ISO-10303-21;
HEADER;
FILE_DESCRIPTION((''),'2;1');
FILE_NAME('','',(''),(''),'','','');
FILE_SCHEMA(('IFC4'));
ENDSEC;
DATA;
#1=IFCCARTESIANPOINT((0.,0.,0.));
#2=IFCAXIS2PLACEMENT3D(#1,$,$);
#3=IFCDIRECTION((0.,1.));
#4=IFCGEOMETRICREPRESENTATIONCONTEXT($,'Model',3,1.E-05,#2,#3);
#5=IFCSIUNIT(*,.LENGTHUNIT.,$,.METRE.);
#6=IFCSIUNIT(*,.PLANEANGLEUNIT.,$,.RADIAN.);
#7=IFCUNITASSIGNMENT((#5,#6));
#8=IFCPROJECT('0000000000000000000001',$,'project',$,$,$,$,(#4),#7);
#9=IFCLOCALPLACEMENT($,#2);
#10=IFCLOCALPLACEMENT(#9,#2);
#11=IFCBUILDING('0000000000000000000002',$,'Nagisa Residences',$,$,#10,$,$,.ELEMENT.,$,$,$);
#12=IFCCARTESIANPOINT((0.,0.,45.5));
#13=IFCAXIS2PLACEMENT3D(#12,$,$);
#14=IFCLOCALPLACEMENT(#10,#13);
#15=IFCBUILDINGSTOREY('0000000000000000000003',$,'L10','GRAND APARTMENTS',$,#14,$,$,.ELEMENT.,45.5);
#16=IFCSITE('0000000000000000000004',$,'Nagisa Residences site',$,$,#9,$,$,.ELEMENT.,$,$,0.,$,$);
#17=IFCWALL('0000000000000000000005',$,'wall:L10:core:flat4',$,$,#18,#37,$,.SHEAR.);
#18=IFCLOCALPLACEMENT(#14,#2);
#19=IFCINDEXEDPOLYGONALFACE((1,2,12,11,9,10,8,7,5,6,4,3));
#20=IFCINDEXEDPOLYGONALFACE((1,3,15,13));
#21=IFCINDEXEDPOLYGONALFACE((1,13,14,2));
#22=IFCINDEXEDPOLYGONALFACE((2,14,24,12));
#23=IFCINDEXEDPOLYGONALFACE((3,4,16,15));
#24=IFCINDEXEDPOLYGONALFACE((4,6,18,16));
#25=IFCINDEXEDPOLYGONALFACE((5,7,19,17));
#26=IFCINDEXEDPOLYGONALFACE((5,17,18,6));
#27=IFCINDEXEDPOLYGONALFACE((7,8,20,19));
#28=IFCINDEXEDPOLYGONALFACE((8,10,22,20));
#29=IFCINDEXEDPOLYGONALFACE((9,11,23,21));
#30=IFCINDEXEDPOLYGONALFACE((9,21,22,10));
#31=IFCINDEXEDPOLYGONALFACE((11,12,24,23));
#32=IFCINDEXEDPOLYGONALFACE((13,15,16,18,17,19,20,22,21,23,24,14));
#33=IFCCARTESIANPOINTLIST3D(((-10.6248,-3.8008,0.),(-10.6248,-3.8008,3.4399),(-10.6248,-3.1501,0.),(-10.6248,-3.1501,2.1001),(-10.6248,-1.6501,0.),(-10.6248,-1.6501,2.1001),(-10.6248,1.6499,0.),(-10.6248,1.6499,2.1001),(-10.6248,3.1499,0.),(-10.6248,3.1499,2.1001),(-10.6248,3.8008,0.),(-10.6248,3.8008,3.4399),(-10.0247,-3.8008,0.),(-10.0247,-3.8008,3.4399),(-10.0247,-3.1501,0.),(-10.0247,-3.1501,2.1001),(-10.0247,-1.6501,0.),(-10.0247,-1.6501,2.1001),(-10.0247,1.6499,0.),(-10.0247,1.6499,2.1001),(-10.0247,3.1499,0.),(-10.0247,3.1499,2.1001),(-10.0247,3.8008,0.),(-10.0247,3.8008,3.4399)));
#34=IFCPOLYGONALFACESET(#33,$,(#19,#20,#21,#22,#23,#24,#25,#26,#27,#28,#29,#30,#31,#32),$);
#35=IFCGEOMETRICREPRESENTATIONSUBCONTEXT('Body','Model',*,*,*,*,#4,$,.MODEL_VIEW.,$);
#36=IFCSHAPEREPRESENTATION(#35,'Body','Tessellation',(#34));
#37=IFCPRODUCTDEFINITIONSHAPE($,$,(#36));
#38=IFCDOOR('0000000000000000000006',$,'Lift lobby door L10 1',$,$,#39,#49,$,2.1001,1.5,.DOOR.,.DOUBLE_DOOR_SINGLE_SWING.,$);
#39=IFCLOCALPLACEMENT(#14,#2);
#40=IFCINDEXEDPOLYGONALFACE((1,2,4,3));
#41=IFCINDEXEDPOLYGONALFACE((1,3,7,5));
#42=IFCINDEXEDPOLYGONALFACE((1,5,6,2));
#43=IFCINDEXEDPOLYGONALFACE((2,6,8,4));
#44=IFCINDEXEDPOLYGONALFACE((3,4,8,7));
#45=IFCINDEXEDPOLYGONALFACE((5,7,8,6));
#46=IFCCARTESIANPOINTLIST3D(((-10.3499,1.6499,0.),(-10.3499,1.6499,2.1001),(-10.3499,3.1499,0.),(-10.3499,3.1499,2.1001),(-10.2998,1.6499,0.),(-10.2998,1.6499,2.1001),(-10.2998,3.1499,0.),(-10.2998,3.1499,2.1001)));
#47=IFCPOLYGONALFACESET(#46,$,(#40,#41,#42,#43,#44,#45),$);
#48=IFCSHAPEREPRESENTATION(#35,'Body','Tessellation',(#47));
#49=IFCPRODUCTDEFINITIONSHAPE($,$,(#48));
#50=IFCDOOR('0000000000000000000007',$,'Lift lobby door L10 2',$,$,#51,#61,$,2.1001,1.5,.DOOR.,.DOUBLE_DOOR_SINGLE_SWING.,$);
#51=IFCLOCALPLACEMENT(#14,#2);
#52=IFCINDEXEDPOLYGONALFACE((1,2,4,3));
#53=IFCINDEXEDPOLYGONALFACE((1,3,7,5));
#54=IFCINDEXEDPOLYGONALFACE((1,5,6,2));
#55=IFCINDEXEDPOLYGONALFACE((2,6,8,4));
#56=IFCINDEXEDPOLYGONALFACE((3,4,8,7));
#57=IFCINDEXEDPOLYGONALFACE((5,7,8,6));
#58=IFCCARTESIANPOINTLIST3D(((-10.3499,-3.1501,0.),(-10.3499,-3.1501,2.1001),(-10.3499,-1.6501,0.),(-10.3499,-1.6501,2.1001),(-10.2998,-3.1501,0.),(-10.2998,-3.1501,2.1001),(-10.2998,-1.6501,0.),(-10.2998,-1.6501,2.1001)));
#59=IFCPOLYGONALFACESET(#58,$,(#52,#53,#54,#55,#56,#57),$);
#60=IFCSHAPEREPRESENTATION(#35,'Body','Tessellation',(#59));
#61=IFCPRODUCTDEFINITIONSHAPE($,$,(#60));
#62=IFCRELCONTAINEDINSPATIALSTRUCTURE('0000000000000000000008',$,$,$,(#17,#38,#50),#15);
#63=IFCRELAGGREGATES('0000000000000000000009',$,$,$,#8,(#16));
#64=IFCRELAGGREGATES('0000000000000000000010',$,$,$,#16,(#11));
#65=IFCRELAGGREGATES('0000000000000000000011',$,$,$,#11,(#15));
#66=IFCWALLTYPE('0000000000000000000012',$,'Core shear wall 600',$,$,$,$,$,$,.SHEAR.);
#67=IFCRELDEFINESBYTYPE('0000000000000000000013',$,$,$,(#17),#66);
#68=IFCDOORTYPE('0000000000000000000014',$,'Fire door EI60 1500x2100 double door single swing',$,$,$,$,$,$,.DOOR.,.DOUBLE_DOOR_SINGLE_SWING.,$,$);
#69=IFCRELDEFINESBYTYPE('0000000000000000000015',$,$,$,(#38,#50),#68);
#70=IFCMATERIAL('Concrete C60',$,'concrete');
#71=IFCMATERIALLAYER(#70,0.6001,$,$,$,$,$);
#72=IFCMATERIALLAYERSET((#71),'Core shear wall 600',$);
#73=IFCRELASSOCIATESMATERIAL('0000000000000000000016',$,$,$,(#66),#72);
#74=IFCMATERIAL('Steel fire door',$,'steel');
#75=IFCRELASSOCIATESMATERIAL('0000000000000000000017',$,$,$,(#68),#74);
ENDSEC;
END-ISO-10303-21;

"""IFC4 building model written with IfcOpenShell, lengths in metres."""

from ifc_helpers import new_model, si_unit, direction, frame, frame_2d, origin, place, context, subcontext, project, spatial, rectangle, extrude, material, layer, layer_set, type_object, element, fill, save


model = new_model("IFC4")

# Units and contexts
model_context = context("Model", 3, precision=1e-05, world=origin(), true_north=direction((0.0, 1.0)))
body_context = subcontext(model_context, "Body", "Model", "MODEL_VIEW")
ifc_project = project(units=[si_unit("LENGTHUNIT", "METRE"), si_unit("PLANEANGLEUNIT", "RADIAN")], contexts=[model_context])

# Site, building, storey
site_placement = place(None, origin())
site = spatial("IfcSite", under=ifc_project, at=site_placement, Name="Nagisa Residences site", CompositionType="ELEMENT", RefElevation=0.0)
building_placement = place(site_placement, origin())
building = spatial("IfcBuilding", under=site, at=building_placement, Name="Nagisa Residences", CompositionType="ELEMENT")
storey_placement = place(building_placement, frame((0.0, 0.0, 45.5)))
storey = spatial("IfcBuildingStorey", under=building, at=storey_placement, Name="L10", Description="GRAND APARTMENTS", CompositionType="ELEMENT", Elevation=45.5)

# Wall, openings, doors
ifc_material_1 = material(Name="Concrete C60", Category="concrete")
ifc_layer_1 = layer(ifc_material_1, 0.6001)
ifc_layer_set_1 = layer_set([ifc_layer_1], Name="Core shear wall 600")
wall_type_1 = type_object("IfcWallType", Name="Core shear wall 600", PredefinedType="SHEAR", material=ifc_layer_set_1)
wall_1_placement = place(storey_placement, frame((-10.3247, 3.8008, 0.0), z_axis=(0.0, 0.0, 1.0), x_axis=(0.0, -1.0, 0.0)))
wall_1 = element("IfcWall", 1, at=wall_1_placement, inside=storey, type_object=wall_type_1, Name="wall:L10:core:flat4", PredefinedType="SHEAR", context=body_context, shape_type="SweptSolid", body=[
    extrude(rectangle(XDim=7.6016, YDim=0.6001, at=frame_2d((3.8008, 0.0))), origin(), (0.0, 0.0, 1.0), 3.4399),
])
opening_1_placement = place(wall_1_placement, frame((0.6509, 0.0, 0.0)))
opening_1 = element("IfcOpeningElement", 2, at=opening_1_placement, cuts=wall_1, PredefinedType="OPENING", context=body_context, shape_type="SweptSolid", body=[
    extrude(rectangle(XDim=1.5, YDim=2.1001, at=frame_2d((0.75, 1.05))), frame((0.0, 0.3101, 0.0), z_axis=(0.0, -1.0, 0.0), x_axis=(1.0, 0.0, 0.0)), (0.0, 0.0, 1.0), 0.6201),
])
opening_2_placement = place(wall_1_placement, frame((5.4509, 0.0, 0.0)))
opening_2 = element("IfcOpeningElement", 3, at=opening_2_placement, cuts=wall_1, PredefinedType="OPENING", context=body_context, shape_type="SweptSolid", body=[
    extrude(rectangle(XDim=1.5, YDim=2.1001, at=frame_2d((0.75, 1.05))), frame((0.0, 0.3101, 0.0), z_axis=(0.0, -1.0, 0.0), x_axis=(1.0, 0.0, 0.0)), (0.0, 0.0, 1.0), 0.6201),
])
ifc_material_2 = material(Name="Steel fire door", Category="steel")
door_type_1 = type_object("IfcDoorType", Name="Fire door EI60 1500x2100 double door single swing", OperationType="DOUBLE_DOOR_SINGLE_SWING", PredefinedType="DOOR", material=ifc_material_2)
door_1_placement = place(opening_1_placement, origin())
door_1 = element("IfcDoor", 4, at=door_1_placement, inside=storey, type_object=door_type_1, Name="Lift lobby door L10 1", OperationType="DOUBLE_DOOR_SINGLE_SWING", OverallHeight=2.1001, OverallWidth=1.5, PredefinedType="DOOR", context=body_context, shape_type="SweptSolid", body=[
    extrude(rectangle(XDim=1.5, YDim=2.1001, at=frame_2d((0.75, 1.05))), frame((0.0, 0.0249, 0.0), z_axis=(0.0, -1.0, 0.0), x_axis=(1.0, 0.0, 0.0)), (0.0, 0.0, 1.0), 0.05),
])
fill(opening_1, door_1)
door_2_placement = place(opening_2_placement, origin())
door_2 = element("IfcDoor", 5, at=door_2_placement, inside=storey, type_object=door_type_1, Name="Lift lobby door L10 2", OperationType="DOUBLE_DOOR_SINGLE_SWING", OverallHeight=2.1001, OverallWidth=1.5, PredefinedType="DOOR", context=body_context, shape_type="SweptSolid", body=[
    extrude(rectangle(XDim=1.5, YDim=2.1001, at=frame_2d((0.75, 1.05))), frame((0.0, 0.0249, 0.0), z_axis=(0.0, -1.0, 0.0), x_axis=(1.0, 0.0, 0.0)), (0.0, 0.0, 1.0), 0.05),
])
fill(opening_2, door_2)

save(model, "model.ifc")
